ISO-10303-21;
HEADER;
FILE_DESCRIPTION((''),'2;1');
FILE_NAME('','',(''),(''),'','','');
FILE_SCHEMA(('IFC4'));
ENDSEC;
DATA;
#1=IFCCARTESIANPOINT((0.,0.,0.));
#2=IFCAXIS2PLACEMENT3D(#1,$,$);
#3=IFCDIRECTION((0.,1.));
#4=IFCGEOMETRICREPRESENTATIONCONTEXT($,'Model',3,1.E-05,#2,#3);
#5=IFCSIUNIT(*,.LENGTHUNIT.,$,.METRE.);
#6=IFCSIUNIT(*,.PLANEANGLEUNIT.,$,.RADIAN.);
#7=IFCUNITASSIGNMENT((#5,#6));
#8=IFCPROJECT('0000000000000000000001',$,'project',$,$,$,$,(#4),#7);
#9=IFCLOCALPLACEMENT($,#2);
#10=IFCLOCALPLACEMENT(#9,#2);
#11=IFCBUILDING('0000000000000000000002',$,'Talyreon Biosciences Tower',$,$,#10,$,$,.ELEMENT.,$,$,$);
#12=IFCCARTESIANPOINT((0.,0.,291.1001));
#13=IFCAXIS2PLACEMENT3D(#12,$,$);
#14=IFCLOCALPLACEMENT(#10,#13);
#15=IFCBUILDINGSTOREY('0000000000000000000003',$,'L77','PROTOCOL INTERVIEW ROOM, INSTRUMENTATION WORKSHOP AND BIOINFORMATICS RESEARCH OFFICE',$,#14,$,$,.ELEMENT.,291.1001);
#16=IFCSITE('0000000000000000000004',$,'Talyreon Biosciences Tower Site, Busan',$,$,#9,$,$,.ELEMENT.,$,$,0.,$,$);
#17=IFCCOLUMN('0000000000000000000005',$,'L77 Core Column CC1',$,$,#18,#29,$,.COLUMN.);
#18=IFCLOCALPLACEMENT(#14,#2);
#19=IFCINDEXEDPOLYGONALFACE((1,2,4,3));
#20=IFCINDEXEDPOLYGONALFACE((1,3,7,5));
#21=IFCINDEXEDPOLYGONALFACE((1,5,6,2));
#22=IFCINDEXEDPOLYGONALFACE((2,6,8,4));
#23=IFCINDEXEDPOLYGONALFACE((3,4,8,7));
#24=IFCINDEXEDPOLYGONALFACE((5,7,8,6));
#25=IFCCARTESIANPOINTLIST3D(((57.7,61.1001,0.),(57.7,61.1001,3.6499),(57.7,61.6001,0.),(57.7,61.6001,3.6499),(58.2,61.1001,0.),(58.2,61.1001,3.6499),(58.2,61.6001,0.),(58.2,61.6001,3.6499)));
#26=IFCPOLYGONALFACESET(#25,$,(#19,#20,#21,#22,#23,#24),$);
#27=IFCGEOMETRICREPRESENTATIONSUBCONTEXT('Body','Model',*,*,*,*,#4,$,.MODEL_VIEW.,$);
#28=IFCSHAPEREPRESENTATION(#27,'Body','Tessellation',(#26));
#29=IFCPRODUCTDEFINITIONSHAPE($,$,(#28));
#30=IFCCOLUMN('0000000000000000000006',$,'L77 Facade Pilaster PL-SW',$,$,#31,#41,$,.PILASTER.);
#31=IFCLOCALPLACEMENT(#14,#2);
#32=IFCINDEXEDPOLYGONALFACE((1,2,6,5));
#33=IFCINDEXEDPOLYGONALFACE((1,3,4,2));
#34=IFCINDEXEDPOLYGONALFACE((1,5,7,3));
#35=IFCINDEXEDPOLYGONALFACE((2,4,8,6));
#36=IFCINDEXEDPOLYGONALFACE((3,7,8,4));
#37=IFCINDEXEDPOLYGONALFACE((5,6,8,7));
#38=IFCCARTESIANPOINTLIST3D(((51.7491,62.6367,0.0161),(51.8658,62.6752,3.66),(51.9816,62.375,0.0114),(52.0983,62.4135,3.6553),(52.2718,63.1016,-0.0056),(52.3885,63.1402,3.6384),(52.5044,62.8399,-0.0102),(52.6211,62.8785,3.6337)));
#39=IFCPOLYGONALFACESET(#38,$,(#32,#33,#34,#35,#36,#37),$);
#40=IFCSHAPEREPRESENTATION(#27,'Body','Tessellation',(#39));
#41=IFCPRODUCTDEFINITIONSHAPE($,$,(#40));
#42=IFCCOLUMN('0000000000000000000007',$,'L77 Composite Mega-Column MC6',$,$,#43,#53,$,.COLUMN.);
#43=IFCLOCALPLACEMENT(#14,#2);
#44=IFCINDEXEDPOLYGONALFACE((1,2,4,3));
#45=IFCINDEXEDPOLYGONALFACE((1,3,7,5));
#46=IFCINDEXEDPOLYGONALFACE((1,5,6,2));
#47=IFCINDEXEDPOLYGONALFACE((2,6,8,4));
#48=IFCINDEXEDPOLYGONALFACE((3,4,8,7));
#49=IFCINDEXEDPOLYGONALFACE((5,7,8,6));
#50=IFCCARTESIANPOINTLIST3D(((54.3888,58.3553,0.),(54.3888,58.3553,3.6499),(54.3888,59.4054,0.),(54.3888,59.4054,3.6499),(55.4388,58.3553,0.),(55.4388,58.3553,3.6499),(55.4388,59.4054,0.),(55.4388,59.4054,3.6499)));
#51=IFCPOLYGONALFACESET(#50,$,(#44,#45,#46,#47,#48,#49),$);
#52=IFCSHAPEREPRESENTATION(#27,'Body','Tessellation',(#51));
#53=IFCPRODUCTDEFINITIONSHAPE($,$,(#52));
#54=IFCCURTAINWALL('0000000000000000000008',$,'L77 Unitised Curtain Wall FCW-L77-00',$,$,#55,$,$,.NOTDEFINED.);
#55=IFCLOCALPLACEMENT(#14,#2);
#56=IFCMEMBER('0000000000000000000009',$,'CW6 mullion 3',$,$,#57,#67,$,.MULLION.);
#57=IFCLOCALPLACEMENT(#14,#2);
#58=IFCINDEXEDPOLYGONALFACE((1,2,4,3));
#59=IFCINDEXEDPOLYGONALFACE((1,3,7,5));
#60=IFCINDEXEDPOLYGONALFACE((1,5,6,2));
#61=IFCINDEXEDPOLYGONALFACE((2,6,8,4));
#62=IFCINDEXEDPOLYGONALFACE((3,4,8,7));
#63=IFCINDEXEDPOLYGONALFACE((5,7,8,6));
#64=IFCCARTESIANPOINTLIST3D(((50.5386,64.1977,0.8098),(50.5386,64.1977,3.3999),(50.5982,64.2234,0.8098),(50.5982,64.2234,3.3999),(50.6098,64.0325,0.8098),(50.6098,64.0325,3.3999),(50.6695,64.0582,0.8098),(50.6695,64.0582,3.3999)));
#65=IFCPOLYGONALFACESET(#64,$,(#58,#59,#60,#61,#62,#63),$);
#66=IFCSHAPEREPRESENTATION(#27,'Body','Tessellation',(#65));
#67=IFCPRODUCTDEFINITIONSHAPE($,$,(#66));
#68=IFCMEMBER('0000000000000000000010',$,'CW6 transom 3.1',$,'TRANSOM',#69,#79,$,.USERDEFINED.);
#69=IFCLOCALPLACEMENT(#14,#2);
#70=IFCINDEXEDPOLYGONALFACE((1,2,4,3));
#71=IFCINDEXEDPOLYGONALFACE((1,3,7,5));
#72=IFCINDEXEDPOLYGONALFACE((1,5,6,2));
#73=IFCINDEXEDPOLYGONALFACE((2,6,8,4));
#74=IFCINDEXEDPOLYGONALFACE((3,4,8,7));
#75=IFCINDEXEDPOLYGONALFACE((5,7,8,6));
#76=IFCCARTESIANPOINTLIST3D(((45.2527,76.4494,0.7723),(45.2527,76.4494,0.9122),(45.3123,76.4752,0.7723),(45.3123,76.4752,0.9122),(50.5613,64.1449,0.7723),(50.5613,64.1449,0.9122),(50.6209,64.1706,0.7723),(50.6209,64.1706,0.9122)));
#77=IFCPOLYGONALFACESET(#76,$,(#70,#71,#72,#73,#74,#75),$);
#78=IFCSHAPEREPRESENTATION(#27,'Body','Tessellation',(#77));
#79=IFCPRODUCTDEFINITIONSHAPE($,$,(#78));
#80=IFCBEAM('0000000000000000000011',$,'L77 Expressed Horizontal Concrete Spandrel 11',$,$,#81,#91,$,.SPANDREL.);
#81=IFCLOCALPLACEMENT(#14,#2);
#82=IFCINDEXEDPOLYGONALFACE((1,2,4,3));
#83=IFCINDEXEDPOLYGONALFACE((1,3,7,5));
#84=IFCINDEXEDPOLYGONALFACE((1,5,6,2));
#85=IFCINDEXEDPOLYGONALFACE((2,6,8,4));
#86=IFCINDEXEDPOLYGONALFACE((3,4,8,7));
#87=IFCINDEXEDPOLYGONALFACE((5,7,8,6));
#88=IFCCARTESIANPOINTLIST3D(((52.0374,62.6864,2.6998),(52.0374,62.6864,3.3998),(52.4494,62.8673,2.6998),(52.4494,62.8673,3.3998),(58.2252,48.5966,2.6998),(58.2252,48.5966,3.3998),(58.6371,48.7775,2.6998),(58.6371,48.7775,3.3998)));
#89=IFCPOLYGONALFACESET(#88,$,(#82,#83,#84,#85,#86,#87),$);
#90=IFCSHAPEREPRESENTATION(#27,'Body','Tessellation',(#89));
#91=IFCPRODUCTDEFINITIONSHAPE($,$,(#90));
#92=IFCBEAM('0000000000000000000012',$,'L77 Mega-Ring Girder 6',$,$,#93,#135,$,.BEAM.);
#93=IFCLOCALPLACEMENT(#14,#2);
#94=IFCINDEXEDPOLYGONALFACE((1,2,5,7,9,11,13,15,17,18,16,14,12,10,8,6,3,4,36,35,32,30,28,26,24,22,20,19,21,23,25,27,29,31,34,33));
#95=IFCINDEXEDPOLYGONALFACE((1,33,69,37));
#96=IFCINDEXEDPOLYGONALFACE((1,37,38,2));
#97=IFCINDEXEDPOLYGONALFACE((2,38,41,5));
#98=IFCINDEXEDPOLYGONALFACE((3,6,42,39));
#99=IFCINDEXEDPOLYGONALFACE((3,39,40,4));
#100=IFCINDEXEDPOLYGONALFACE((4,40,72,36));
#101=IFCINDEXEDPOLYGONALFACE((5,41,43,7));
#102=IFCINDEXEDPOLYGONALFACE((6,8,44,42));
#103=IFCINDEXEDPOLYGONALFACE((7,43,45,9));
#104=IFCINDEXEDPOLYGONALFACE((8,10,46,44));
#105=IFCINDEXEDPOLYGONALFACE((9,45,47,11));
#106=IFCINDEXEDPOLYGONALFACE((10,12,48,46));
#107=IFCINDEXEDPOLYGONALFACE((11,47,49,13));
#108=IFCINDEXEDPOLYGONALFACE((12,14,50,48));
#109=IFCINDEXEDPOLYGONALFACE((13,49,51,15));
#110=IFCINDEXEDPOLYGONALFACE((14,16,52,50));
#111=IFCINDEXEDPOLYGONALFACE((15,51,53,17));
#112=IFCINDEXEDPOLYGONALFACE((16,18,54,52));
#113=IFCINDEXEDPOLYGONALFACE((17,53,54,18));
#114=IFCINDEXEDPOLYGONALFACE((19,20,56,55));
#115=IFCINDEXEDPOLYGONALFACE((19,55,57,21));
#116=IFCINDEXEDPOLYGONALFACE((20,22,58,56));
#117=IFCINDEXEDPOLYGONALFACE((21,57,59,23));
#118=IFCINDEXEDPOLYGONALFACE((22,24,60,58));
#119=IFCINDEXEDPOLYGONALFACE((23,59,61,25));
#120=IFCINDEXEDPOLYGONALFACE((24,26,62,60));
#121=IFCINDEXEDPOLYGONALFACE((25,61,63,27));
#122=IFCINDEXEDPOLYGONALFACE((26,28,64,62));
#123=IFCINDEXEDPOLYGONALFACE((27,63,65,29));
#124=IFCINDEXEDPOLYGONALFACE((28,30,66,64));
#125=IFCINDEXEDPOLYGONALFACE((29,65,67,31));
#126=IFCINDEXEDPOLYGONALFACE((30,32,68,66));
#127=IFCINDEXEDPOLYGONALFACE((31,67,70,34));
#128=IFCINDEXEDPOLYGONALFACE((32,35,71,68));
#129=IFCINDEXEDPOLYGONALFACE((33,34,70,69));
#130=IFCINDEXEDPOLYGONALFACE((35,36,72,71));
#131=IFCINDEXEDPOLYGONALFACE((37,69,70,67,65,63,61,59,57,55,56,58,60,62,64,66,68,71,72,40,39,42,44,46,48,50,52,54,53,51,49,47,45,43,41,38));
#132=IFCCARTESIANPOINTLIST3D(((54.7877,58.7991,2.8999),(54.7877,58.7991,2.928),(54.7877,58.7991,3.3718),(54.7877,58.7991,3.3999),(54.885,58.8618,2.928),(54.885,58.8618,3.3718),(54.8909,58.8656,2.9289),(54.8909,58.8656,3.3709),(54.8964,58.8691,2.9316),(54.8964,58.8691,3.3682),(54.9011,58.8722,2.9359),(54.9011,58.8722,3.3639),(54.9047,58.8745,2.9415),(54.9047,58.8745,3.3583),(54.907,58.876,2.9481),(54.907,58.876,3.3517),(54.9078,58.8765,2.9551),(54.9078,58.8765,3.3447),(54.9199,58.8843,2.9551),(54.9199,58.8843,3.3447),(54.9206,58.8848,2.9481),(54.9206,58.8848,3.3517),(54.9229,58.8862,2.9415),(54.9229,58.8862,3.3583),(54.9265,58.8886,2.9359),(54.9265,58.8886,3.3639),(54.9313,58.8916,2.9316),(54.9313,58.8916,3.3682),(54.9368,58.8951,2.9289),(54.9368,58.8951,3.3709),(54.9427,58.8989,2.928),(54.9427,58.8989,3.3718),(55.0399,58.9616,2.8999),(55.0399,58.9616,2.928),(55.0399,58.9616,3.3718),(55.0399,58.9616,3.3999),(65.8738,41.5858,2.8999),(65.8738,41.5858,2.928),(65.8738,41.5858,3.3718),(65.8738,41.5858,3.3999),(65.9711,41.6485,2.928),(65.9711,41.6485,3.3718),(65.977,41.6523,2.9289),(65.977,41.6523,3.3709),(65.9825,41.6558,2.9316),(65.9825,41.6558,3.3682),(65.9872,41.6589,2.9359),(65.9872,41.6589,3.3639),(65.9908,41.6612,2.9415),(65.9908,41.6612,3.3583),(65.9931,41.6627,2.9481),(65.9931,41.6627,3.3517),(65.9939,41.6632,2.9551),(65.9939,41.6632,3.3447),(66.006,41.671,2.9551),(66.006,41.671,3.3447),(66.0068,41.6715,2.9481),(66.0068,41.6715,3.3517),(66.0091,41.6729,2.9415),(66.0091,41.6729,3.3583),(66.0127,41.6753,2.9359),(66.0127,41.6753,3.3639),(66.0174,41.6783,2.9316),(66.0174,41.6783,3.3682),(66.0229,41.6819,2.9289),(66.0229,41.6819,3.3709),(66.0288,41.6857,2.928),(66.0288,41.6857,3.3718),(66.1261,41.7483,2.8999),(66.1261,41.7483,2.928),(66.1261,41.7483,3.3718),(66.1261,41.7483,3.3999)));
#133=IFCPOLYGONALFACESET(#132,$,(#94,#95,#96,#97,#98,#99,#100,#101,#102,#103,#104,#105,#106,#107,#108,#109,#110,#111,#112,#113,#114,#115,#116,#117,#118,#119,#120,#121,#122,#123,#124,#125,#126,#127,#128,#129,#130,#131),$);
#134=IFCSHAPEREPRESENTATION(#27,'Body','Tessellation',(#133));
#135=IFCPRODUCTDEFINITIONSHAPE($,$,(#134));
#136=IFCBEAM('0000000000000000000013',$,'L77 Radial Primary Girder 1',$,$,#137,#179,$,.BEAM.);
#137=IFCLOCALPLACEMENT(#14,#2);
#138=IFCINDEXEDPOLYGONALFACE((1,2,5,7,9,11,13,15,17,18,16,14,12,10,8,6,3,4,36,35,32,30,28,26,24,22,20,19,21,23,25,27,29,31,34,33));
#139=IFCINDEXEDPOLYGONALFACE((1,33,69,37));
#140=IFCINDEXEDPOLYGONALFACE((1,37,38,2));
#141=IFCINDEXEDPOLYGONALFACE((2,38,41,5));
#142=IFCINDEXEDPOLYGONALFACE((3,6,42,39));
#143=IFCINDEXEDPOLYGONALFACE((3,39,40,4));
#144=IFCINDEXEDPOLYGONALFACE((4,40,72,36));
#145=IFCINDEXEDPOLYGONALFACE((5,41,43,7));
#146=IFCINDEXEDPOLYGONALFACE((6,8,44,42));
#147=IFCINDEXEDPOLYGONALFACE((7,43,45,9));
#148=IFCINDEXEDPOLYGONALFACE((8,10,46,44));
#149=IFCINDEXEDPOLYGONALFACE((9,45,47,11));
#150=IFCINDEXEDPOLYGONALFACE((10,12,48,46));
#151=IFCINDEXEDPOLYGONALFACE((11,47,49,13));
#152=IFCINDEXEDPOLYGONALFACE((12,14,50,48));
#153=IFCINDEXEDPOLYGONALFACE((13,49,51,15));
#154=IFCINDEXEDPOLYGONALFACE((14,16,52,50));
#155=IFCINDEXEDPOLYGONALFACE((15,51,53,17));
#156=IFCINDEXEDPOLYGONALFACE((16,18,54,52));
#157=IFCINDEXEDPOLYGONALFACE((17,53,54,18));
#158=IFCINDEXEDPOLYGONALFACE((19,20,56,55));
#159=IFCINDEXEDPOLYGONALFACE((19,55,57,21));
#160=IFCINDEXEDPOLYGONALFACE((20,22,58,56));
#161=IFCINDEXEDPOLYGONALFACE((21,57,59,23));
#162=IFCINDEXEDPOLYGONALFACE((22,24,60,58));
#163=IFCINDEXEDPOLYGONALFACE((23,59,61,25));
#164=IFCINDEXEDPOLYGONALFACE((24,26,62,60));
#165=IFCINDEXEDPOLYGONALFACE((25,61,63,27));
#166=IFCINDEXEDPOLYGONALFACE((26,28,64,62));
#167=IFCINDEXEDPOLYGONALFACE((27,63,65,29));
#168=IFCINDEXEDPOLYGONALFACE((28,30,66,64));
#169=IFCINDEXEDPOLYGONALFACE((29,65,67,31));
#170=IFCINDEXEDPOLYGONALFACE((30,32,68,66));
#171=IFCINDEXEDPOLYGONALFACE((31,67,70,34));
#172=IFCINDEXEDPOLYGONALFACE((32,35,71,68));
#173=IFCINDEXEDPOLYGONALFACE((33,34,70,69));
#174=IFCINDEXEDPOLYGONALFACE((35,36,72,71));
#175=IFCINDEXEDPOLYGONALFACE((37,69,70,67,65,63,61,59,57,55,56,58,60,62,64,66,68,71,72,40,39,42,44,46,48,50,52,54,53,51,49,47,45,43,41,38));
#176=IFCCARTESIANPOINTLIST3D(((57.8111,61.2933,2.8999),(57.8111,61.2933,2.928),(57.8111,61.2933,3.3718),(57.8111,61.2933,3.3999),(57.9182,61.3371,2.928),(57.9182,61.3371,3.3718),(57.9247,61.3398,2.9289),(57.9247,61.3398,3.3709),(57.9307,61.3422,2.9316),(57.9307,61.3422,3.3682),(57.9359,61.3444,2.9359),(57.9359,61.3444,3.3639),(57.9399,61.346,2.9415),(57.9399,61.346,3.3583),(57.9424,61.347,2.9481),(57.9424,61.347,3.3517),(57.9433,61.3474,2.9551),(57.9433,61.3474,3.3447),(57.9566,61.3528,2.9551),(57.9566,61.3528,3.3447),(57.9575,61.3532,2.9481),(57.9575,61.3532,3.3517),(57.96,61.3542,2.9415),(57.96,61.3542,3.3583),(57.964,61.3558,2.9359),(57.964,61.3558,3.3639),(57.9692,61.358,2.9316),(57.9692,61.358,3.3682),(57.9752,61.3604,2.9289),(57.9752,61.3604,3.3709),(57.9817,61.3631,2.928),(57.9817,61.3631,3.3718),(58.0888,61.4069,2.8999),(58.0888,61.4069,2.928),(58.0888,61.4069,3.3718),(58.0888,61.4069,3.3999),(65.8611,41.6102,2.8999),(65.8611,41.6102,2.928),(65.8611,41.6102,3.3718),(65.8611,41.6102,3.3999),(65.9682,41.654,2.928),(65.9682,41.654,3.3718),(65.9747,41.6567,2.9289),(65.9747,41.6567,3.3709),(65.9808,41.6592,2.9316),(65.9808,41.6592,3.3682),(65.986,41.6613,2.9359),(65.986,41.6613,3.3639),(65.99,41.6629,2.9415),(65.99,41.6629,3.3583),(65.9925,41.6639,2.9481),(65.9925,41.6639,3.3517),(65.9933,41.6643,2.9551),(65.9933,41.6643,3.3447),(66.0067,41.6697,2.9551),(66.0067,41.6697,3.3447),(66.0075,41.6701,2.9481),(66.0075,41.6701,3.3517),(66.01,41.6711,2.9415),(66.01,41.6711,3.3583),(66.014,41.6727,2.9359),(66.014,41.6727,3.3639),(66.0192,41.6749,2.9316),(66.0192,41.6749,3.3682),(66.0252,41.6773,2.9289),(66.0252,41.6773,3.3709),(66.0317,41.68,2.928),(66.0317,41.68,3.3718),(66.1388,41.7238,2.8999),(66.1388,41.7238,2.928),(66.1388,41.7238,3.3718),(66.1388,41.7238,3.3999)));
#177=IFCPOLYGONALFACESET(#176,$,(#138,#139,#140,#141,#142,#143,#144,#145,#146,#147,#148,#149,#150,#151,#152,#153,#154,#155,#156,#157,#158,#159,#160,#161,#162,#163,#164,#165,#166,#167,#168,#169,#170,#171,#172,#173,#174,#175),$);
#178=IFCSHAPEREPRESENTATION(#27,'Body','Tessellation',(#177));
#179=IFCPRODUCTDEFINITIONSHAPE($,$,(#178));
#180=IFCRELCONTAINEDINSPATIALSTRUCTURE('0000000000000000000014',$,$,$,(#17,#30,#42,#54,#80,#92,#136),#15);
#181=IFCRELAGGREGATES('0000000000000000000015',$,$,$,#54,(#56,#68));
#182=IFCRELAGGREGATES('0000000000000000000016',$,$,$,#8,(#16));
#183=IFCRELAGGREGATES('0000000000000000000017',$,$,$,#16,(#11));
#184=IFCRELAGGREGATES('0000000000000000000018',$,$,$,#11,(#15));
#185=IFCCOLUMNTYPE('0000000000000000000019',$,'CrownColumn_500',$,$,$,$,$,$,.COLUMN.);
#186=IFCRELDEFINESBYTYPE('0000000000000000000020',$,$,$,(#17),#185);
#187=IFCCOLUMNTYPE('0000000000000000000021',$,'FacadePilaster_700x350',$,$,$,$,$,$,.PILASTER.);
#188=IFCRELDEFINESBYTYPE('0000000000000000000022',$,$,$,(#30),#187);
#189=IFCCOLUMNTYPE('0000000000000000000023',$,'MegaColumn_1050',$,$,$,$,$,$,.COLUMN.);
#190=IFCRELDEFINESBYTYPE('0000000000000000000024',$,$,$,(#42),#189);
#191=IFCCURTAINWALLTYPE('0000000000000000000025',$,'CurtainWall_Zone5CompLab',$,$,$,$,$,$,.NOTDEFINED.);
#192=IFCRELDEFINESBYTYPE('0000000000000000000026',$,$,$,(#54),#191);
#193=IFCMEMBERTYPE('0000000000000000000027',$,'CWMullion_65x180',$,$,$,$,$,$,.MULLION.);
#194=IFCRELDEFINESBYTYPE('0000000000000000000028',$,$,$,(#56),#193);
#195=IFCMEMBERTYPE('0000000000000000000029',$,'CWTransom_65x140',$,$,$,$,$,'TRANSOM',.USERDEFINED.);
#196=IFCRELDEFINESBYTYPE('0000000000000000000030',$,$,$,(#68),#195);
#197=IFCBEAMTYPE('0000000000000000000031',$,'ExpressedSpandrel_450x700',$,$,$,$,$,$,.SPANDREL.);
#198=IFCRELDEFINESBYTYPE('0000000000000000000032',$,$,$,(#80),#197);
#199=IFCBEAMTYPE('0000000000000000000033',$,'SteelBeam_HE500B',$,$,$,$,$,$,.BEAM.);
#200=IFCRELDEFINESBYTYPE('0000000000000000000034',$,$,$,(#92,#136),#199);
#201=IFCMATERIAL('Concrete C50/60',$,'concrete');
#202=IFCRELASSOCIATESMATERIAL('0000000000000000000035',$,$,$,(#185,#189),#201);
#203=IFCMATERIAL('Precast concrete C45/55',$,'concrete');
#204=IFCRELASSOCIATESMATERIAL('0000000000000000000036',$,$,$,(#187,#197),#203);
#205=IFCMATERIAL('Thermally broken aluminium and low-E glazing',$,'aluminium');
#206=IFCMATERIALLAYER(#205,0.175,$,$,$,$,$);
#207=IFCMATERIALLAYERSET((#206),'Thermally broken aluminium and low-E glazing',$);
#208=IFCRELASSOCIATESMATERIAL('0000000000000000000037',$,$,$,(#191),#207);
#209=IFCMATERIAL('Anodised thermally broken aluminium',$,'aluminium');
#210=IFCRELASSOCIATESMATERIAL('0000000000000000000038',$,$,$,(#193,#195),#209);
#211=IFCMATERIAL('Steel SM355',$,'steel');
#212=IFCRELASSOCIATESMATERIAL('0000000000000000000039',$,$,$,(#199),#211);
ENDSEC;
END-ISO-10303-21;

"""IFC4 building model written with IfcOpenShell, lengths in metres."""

from ifc_helpers import new_model, si_unit, direction, frame, origin, origin_2d, place, context, subcontext, project, spatial, rectangle, i_section, extrude, material, layer, layer_set, material_profile, profile_set, type_object, element, aggregate, save


model = new_model("IFC4")

# Units and contexts
model_context = context("Model", 3, precision=1e-05, world=origin(), true_north=direction((0.0, 1.0)))
body_context = subcontext(model_context, "Body", "Model", "MODEL_VIEW")
ifc_project = project(units=[si_unit("LENGTHUNIT", "METRE"), si_unit("PLANEANGLEUNIT", "RADIAN")], contexts=[model_context])

# Site, building, storey
site_placement = place(None, origin())
site = spatial("IfcSite", under=ifc_project, at=site_placement, Name="Talyreon Biosciences Tower Site, Busan", CompositionType="ELEMENT", RefElevation=0.0)
building_placement = place(site_placement, origin())
building = spatial("IfcBuilding", under=site, at=building_placement, Name="Talyreon Biosciences Tower", CompositionType="ELEMENT")
storey_placement = place(building_placement, frame((0.0, 0.0, 291.1001)))
storey = spatial("IfcBuildingStorey", under=building, at=storey_placement, Name="L77", Description="PROTOCOL INTERVIEW ROOM, INSTRUMENTATION WORKSHOP AND BIOINFORMATICS RESEARCH OFFICE", CompositionType="ELEMENT", Elevation=291.1001)

# Columns
ifc_material_1 = material(Name="Concrete C50/60", Category="concrete")
ifc_material_profile_1 = material_profile(ifc_material_1, rectangle(XDim=0.5, YDim=0.5, at=origin_2d()), Name="RC 500x500")
ifc_profile_set_1 = profile_set([ifc_material_profile_1], Name="Concrete C50/60")
column_type_1 = type_object("IfcColumnType", Name="CrownColumn_500", PredefinedType="COLUMN", material=ifc_profile_set_1)
column_1_placement = place(storey_placement, frame((57.95, 61.3501, 0.0), z_axis=(0.0, 0.0, 1.0), x_axis=(1.0, 0.0, 0.0)))
element("IfcColumn", 1, at=column_1_placement, inside=storey, type_object=column_type_1, Name="L77 Core Column CC1", PredefinedType="COLUMN", context=body_context, shape_type="SweptSolid", body=[
    extrude(rectangle(XDim=0.5, YDim=0.5, at=origin_2d()), origin(), (0.0, 0.0, 1.0), 3.6499),
])
ifc_material_2 = material(Name="Precast concrete C45/55", Category="concrete")
ifc_material_profile_2 = material_profile(ifc_material_2, rectangle(XDim=0.7, YDim=0.3501, at=origin_2d()), Name="RC 700x350")
ifc_profile_set_2 = profile_set([ifc_material_profile_2], Name="Precast concrete C45/55")
column_type_2 = type_object("IfcColumnType", Name="FacadePilaster_700x350", PredefinedType="PILASTER", material=ifc_profile_set_2)
column_2_placement = place(storey_placement, frame((52.1267, 62.7383, 0.0029), z_axis=(0.032006, 0.01058, 0.999432), x_axis=(0.746874, 0.664245, -0.03095)))
element("IfcColumn", 2, at=column_2_placement, inside=storey, type_object=column_type_2, Name="L77 Facade Pilaster PL-SW", PredefinedType="PILASTER", context=body_context, shape_type="SweptSolid", body=[
    extrude(rectangle(XDim=0.7, YDim=0.3501, at=origin_2d()), origin(), (0.0, 0.0, 1.0), 3.646),
])
ifc_material_profile_3 = material_profile(ifc_material_1, rectangle(XDim=1.05, YDim=1.05, at=origin_2d()), Name="RC 1050x1050")
ifc_profile_set_3 = profile_set([ifc_material_profile_3], Name="Concrete C50/60")
column_type_3 = type_object("IfcColumnType", Name="MegaColumn_1050", PredefinedType="COLUMN", material=ifc_profile_set_3)
column_3_placement = place(storey_placement, frame((54.9138, 58.8804, 0.0), z_axis=(0.0, 0.0, 1.0), x_axis=(1.0, 0.0, 0.0)))
element("IfcColumn", 3, at=column_3_placement, inside=storey, type_object=column_type_3, Name="L77 Composite Mega-Column MC6", PredefinedType="COLUMN", context=body_context, shape_type="SweptSolid", body=[
    extrude(rectangle(XDim=1.05, YDim=1.05, at=origin_2d()), origin(), (0.0, 0.0, 1.0), 3.6499),
])

# Curtain wall, members
ifc_material_3 = material(Name="Thermally broken aluminium and low-E glazing", Category="aluminium")
ifc_layer_1 = layer(ifc_material_3, 0.175)
ifc_layer_set_1 = layer_set([ifc_layer_1], Name="Thermally broken aluminium and low-E glazing")
curtain_wall_type = type_object("IfcCurtainWallType", Name="CurtainWall_Zone5CompLab", PredefinedType="NOTDEFINED", material=ifc_layer_set_1)
curtain_wall_placement = place(storey_placement, origin())
curtain_wall = element("IfcCurtainWall", 4, at=curtain_wall_placement, inside=storey, type_object=curtain_wall_type, Name="L77 Unitised Curtain Wall FCW-L77-00", PredefinedType="NOTDEFINED")
ifc_material_4 = material(Name="Anodised thermally broken aluminium", Category="aluminium")
ifc_material_profile_4 = material_profile(ifc_material_4, rectangle(XDim=0.0649, YDim=0.1799, at=origin_2d()), Name="ALUM MULLION 65x180")
ifc_profile_set_4 = profile_set([ifc_material_profile_4], Name="Anodised thermally broken aluminium")
member_type_1 = type_object("IfcMemberType", Name="CWMullion_65x180", PredefinedType="MULLION", material=ifc_profile_set_4)
member_1_placement = place(storey_placement, frame((50.604, 64.1279, 0.8098), z_axis=(0.0, 0.0, 1.0), x_axis=(-0.918187, -0.396147, 0.0)))
member_1 = element("IfcMember", 5, at=member_1_placement, type_object=member_type_1, Name="CW6 mullion 3", PredefinedType="MULLION", context=body_context, shape_type="SweptSolid", body=[
    extrude(rectangle(XDim=0.0649, YDim=0.1799, at=origin_2d()), origin(), (0.0, 0.0, 1.0), 2.5901),
])
ifc_material_profile_5 = material_profile(ifc_material_4, rectangle(XDim=0.0649, YDim=0.1399, at=origin_2d()), Name="ALUM TRANSOM 65x140")
ifc_profile_set_5 = profile_set([ifc_material_profile_5], Name="Anodised thermally broken aluminium")
member_type_2 = type_object("IfcMemberType", Name="CWTransom_65x140", ElementType="TRANSOM", PredefinedType="USERDEFINED", material=ifc_profile_set_5)
member_2_placement = place(storey_placement, frame((50.5911, 64.1577, 0.8423), z_axis=(-0.396134, 0.918193, 0.0), x_axis=(-0.918193, -0.396134, 0.0)))
member_2 = element("IfcMember", 6, at=member_2_placement, type_object=member_type_2, Name="CW6 transom 3.1", ObjectType="TRANSOM", PredefinedType="USERDEFINED", context=body_context, shape_type="SweptSolid", body=[
    extrude(rectangle(XDim=0.0649, YDim=0.1399, at=origin_2d()), origin(), (0.0, 0.0, 1.0), 13.4009),
])

# Beams
ifc_material_profile_6 = material_profile(ifc_material_2, rectangle(XDim=0.45, YDim=0.7, at=origin_2d()), Name="RCB 450x700")
ifc_profile_set_6 = profile_set([ifc_material_profile_6], Name="Precast concrete C45/55")
beam_type_1 = type_object("IfcBeamType", Name="ExpressedSpandrel_450x700", PredefinedType="SPANDREL", material=ifc_profile_set_6)
beam_1_placement = place(storey_placement, frame((52.2434, 62.7769, 3.0498), z_axis=(0.402097, -0.915597, 0.0), x_axis=(0.915597, 0.402097, 0.0)))
element("IfcBeam", 7, at=beam_1_placement, inside=storey, type_object=beam_type_1, Name="L77 Expressed Horizontal Concrete Spandrel 11", PredefinedType="SPANDREL", context=body_context, shape_type="SweptSolid", body=[
    extrude(rectangle(XDim=0.45, YDim=0.7, at=origin_2d()), origin(), (0.0, 0.0, 1.0), 15.3887),
])
ifc_material_5 = material(Name="Steel SM355", Category="steel")
ifc_material_profile_7 = material_profile(ifc_material_5, i_section(OverallWidth=0.3, OverallDepth=0.5, WebThickness=0.0144, FlangeThickness=0.0281, FilletRadius=0.0271, at=origin_2d()), Name="HE500B")
ifc_profile_set_7 = profile_set([ifc_material_profile_7], Name="Steel SM355")
beam_type_2 = type_object("IfcBeamType", Name="SteelBeam_HE500B", PredefinedType="BEAM", material=ifc_profile_set_7)
beam_2_placement = place(storey_placement, frame((54.9138, 58.8804, 3.1499), z_axis=(0.541464, -0.840724, 0.0), x_axis=(0.840724, 0.541464, 0.0)))
element("IfcBeam", 8, at=beam_2_placement, inside=storey, type_object=beam_type_2, Name="L77 Mega-Ring Girder 6", PredefinedType="BEAM", context=body_context, shape_type="SweptSolid", body=[
    extrude(i_section(OverallWidth=0.3, OverallDepth=0.5, WebThickness=0.0144, FlangeThickness=0.0281, FilletRadius=0.0271, at=origin_2d()), origin(), (0.0, 0.0, 1.0), 20.4744),
])
beam_3_placement = place(storey_placement, frame((57.95, 61.3501, 3.1499), z_axis=(0.378547, -0.925582, 0.0), x_axis=(0.925582, 0.378547, 0.0)))
element("IfcBeam", 9, at=beam_3_placement, inside=storey, type_object=beam_type_2, Name="L77 Radial Primary Girder 1", PredefinedType="BEAM", context=body_context, shape_type="SweptSolid", body=[
    extrude(i_section(OverallWidth=0.3, OverallDepth=0.5, WebThickness=0.0144, FlangeThickness=0.0281, FilletRadius=0.0271, at=origin_2d()), origin(), (0.0, 0.0, 1.0), 21.2656),
])

aggregate(curtain_wall, [member_1, member_2])

save(model, "model.ifc")
